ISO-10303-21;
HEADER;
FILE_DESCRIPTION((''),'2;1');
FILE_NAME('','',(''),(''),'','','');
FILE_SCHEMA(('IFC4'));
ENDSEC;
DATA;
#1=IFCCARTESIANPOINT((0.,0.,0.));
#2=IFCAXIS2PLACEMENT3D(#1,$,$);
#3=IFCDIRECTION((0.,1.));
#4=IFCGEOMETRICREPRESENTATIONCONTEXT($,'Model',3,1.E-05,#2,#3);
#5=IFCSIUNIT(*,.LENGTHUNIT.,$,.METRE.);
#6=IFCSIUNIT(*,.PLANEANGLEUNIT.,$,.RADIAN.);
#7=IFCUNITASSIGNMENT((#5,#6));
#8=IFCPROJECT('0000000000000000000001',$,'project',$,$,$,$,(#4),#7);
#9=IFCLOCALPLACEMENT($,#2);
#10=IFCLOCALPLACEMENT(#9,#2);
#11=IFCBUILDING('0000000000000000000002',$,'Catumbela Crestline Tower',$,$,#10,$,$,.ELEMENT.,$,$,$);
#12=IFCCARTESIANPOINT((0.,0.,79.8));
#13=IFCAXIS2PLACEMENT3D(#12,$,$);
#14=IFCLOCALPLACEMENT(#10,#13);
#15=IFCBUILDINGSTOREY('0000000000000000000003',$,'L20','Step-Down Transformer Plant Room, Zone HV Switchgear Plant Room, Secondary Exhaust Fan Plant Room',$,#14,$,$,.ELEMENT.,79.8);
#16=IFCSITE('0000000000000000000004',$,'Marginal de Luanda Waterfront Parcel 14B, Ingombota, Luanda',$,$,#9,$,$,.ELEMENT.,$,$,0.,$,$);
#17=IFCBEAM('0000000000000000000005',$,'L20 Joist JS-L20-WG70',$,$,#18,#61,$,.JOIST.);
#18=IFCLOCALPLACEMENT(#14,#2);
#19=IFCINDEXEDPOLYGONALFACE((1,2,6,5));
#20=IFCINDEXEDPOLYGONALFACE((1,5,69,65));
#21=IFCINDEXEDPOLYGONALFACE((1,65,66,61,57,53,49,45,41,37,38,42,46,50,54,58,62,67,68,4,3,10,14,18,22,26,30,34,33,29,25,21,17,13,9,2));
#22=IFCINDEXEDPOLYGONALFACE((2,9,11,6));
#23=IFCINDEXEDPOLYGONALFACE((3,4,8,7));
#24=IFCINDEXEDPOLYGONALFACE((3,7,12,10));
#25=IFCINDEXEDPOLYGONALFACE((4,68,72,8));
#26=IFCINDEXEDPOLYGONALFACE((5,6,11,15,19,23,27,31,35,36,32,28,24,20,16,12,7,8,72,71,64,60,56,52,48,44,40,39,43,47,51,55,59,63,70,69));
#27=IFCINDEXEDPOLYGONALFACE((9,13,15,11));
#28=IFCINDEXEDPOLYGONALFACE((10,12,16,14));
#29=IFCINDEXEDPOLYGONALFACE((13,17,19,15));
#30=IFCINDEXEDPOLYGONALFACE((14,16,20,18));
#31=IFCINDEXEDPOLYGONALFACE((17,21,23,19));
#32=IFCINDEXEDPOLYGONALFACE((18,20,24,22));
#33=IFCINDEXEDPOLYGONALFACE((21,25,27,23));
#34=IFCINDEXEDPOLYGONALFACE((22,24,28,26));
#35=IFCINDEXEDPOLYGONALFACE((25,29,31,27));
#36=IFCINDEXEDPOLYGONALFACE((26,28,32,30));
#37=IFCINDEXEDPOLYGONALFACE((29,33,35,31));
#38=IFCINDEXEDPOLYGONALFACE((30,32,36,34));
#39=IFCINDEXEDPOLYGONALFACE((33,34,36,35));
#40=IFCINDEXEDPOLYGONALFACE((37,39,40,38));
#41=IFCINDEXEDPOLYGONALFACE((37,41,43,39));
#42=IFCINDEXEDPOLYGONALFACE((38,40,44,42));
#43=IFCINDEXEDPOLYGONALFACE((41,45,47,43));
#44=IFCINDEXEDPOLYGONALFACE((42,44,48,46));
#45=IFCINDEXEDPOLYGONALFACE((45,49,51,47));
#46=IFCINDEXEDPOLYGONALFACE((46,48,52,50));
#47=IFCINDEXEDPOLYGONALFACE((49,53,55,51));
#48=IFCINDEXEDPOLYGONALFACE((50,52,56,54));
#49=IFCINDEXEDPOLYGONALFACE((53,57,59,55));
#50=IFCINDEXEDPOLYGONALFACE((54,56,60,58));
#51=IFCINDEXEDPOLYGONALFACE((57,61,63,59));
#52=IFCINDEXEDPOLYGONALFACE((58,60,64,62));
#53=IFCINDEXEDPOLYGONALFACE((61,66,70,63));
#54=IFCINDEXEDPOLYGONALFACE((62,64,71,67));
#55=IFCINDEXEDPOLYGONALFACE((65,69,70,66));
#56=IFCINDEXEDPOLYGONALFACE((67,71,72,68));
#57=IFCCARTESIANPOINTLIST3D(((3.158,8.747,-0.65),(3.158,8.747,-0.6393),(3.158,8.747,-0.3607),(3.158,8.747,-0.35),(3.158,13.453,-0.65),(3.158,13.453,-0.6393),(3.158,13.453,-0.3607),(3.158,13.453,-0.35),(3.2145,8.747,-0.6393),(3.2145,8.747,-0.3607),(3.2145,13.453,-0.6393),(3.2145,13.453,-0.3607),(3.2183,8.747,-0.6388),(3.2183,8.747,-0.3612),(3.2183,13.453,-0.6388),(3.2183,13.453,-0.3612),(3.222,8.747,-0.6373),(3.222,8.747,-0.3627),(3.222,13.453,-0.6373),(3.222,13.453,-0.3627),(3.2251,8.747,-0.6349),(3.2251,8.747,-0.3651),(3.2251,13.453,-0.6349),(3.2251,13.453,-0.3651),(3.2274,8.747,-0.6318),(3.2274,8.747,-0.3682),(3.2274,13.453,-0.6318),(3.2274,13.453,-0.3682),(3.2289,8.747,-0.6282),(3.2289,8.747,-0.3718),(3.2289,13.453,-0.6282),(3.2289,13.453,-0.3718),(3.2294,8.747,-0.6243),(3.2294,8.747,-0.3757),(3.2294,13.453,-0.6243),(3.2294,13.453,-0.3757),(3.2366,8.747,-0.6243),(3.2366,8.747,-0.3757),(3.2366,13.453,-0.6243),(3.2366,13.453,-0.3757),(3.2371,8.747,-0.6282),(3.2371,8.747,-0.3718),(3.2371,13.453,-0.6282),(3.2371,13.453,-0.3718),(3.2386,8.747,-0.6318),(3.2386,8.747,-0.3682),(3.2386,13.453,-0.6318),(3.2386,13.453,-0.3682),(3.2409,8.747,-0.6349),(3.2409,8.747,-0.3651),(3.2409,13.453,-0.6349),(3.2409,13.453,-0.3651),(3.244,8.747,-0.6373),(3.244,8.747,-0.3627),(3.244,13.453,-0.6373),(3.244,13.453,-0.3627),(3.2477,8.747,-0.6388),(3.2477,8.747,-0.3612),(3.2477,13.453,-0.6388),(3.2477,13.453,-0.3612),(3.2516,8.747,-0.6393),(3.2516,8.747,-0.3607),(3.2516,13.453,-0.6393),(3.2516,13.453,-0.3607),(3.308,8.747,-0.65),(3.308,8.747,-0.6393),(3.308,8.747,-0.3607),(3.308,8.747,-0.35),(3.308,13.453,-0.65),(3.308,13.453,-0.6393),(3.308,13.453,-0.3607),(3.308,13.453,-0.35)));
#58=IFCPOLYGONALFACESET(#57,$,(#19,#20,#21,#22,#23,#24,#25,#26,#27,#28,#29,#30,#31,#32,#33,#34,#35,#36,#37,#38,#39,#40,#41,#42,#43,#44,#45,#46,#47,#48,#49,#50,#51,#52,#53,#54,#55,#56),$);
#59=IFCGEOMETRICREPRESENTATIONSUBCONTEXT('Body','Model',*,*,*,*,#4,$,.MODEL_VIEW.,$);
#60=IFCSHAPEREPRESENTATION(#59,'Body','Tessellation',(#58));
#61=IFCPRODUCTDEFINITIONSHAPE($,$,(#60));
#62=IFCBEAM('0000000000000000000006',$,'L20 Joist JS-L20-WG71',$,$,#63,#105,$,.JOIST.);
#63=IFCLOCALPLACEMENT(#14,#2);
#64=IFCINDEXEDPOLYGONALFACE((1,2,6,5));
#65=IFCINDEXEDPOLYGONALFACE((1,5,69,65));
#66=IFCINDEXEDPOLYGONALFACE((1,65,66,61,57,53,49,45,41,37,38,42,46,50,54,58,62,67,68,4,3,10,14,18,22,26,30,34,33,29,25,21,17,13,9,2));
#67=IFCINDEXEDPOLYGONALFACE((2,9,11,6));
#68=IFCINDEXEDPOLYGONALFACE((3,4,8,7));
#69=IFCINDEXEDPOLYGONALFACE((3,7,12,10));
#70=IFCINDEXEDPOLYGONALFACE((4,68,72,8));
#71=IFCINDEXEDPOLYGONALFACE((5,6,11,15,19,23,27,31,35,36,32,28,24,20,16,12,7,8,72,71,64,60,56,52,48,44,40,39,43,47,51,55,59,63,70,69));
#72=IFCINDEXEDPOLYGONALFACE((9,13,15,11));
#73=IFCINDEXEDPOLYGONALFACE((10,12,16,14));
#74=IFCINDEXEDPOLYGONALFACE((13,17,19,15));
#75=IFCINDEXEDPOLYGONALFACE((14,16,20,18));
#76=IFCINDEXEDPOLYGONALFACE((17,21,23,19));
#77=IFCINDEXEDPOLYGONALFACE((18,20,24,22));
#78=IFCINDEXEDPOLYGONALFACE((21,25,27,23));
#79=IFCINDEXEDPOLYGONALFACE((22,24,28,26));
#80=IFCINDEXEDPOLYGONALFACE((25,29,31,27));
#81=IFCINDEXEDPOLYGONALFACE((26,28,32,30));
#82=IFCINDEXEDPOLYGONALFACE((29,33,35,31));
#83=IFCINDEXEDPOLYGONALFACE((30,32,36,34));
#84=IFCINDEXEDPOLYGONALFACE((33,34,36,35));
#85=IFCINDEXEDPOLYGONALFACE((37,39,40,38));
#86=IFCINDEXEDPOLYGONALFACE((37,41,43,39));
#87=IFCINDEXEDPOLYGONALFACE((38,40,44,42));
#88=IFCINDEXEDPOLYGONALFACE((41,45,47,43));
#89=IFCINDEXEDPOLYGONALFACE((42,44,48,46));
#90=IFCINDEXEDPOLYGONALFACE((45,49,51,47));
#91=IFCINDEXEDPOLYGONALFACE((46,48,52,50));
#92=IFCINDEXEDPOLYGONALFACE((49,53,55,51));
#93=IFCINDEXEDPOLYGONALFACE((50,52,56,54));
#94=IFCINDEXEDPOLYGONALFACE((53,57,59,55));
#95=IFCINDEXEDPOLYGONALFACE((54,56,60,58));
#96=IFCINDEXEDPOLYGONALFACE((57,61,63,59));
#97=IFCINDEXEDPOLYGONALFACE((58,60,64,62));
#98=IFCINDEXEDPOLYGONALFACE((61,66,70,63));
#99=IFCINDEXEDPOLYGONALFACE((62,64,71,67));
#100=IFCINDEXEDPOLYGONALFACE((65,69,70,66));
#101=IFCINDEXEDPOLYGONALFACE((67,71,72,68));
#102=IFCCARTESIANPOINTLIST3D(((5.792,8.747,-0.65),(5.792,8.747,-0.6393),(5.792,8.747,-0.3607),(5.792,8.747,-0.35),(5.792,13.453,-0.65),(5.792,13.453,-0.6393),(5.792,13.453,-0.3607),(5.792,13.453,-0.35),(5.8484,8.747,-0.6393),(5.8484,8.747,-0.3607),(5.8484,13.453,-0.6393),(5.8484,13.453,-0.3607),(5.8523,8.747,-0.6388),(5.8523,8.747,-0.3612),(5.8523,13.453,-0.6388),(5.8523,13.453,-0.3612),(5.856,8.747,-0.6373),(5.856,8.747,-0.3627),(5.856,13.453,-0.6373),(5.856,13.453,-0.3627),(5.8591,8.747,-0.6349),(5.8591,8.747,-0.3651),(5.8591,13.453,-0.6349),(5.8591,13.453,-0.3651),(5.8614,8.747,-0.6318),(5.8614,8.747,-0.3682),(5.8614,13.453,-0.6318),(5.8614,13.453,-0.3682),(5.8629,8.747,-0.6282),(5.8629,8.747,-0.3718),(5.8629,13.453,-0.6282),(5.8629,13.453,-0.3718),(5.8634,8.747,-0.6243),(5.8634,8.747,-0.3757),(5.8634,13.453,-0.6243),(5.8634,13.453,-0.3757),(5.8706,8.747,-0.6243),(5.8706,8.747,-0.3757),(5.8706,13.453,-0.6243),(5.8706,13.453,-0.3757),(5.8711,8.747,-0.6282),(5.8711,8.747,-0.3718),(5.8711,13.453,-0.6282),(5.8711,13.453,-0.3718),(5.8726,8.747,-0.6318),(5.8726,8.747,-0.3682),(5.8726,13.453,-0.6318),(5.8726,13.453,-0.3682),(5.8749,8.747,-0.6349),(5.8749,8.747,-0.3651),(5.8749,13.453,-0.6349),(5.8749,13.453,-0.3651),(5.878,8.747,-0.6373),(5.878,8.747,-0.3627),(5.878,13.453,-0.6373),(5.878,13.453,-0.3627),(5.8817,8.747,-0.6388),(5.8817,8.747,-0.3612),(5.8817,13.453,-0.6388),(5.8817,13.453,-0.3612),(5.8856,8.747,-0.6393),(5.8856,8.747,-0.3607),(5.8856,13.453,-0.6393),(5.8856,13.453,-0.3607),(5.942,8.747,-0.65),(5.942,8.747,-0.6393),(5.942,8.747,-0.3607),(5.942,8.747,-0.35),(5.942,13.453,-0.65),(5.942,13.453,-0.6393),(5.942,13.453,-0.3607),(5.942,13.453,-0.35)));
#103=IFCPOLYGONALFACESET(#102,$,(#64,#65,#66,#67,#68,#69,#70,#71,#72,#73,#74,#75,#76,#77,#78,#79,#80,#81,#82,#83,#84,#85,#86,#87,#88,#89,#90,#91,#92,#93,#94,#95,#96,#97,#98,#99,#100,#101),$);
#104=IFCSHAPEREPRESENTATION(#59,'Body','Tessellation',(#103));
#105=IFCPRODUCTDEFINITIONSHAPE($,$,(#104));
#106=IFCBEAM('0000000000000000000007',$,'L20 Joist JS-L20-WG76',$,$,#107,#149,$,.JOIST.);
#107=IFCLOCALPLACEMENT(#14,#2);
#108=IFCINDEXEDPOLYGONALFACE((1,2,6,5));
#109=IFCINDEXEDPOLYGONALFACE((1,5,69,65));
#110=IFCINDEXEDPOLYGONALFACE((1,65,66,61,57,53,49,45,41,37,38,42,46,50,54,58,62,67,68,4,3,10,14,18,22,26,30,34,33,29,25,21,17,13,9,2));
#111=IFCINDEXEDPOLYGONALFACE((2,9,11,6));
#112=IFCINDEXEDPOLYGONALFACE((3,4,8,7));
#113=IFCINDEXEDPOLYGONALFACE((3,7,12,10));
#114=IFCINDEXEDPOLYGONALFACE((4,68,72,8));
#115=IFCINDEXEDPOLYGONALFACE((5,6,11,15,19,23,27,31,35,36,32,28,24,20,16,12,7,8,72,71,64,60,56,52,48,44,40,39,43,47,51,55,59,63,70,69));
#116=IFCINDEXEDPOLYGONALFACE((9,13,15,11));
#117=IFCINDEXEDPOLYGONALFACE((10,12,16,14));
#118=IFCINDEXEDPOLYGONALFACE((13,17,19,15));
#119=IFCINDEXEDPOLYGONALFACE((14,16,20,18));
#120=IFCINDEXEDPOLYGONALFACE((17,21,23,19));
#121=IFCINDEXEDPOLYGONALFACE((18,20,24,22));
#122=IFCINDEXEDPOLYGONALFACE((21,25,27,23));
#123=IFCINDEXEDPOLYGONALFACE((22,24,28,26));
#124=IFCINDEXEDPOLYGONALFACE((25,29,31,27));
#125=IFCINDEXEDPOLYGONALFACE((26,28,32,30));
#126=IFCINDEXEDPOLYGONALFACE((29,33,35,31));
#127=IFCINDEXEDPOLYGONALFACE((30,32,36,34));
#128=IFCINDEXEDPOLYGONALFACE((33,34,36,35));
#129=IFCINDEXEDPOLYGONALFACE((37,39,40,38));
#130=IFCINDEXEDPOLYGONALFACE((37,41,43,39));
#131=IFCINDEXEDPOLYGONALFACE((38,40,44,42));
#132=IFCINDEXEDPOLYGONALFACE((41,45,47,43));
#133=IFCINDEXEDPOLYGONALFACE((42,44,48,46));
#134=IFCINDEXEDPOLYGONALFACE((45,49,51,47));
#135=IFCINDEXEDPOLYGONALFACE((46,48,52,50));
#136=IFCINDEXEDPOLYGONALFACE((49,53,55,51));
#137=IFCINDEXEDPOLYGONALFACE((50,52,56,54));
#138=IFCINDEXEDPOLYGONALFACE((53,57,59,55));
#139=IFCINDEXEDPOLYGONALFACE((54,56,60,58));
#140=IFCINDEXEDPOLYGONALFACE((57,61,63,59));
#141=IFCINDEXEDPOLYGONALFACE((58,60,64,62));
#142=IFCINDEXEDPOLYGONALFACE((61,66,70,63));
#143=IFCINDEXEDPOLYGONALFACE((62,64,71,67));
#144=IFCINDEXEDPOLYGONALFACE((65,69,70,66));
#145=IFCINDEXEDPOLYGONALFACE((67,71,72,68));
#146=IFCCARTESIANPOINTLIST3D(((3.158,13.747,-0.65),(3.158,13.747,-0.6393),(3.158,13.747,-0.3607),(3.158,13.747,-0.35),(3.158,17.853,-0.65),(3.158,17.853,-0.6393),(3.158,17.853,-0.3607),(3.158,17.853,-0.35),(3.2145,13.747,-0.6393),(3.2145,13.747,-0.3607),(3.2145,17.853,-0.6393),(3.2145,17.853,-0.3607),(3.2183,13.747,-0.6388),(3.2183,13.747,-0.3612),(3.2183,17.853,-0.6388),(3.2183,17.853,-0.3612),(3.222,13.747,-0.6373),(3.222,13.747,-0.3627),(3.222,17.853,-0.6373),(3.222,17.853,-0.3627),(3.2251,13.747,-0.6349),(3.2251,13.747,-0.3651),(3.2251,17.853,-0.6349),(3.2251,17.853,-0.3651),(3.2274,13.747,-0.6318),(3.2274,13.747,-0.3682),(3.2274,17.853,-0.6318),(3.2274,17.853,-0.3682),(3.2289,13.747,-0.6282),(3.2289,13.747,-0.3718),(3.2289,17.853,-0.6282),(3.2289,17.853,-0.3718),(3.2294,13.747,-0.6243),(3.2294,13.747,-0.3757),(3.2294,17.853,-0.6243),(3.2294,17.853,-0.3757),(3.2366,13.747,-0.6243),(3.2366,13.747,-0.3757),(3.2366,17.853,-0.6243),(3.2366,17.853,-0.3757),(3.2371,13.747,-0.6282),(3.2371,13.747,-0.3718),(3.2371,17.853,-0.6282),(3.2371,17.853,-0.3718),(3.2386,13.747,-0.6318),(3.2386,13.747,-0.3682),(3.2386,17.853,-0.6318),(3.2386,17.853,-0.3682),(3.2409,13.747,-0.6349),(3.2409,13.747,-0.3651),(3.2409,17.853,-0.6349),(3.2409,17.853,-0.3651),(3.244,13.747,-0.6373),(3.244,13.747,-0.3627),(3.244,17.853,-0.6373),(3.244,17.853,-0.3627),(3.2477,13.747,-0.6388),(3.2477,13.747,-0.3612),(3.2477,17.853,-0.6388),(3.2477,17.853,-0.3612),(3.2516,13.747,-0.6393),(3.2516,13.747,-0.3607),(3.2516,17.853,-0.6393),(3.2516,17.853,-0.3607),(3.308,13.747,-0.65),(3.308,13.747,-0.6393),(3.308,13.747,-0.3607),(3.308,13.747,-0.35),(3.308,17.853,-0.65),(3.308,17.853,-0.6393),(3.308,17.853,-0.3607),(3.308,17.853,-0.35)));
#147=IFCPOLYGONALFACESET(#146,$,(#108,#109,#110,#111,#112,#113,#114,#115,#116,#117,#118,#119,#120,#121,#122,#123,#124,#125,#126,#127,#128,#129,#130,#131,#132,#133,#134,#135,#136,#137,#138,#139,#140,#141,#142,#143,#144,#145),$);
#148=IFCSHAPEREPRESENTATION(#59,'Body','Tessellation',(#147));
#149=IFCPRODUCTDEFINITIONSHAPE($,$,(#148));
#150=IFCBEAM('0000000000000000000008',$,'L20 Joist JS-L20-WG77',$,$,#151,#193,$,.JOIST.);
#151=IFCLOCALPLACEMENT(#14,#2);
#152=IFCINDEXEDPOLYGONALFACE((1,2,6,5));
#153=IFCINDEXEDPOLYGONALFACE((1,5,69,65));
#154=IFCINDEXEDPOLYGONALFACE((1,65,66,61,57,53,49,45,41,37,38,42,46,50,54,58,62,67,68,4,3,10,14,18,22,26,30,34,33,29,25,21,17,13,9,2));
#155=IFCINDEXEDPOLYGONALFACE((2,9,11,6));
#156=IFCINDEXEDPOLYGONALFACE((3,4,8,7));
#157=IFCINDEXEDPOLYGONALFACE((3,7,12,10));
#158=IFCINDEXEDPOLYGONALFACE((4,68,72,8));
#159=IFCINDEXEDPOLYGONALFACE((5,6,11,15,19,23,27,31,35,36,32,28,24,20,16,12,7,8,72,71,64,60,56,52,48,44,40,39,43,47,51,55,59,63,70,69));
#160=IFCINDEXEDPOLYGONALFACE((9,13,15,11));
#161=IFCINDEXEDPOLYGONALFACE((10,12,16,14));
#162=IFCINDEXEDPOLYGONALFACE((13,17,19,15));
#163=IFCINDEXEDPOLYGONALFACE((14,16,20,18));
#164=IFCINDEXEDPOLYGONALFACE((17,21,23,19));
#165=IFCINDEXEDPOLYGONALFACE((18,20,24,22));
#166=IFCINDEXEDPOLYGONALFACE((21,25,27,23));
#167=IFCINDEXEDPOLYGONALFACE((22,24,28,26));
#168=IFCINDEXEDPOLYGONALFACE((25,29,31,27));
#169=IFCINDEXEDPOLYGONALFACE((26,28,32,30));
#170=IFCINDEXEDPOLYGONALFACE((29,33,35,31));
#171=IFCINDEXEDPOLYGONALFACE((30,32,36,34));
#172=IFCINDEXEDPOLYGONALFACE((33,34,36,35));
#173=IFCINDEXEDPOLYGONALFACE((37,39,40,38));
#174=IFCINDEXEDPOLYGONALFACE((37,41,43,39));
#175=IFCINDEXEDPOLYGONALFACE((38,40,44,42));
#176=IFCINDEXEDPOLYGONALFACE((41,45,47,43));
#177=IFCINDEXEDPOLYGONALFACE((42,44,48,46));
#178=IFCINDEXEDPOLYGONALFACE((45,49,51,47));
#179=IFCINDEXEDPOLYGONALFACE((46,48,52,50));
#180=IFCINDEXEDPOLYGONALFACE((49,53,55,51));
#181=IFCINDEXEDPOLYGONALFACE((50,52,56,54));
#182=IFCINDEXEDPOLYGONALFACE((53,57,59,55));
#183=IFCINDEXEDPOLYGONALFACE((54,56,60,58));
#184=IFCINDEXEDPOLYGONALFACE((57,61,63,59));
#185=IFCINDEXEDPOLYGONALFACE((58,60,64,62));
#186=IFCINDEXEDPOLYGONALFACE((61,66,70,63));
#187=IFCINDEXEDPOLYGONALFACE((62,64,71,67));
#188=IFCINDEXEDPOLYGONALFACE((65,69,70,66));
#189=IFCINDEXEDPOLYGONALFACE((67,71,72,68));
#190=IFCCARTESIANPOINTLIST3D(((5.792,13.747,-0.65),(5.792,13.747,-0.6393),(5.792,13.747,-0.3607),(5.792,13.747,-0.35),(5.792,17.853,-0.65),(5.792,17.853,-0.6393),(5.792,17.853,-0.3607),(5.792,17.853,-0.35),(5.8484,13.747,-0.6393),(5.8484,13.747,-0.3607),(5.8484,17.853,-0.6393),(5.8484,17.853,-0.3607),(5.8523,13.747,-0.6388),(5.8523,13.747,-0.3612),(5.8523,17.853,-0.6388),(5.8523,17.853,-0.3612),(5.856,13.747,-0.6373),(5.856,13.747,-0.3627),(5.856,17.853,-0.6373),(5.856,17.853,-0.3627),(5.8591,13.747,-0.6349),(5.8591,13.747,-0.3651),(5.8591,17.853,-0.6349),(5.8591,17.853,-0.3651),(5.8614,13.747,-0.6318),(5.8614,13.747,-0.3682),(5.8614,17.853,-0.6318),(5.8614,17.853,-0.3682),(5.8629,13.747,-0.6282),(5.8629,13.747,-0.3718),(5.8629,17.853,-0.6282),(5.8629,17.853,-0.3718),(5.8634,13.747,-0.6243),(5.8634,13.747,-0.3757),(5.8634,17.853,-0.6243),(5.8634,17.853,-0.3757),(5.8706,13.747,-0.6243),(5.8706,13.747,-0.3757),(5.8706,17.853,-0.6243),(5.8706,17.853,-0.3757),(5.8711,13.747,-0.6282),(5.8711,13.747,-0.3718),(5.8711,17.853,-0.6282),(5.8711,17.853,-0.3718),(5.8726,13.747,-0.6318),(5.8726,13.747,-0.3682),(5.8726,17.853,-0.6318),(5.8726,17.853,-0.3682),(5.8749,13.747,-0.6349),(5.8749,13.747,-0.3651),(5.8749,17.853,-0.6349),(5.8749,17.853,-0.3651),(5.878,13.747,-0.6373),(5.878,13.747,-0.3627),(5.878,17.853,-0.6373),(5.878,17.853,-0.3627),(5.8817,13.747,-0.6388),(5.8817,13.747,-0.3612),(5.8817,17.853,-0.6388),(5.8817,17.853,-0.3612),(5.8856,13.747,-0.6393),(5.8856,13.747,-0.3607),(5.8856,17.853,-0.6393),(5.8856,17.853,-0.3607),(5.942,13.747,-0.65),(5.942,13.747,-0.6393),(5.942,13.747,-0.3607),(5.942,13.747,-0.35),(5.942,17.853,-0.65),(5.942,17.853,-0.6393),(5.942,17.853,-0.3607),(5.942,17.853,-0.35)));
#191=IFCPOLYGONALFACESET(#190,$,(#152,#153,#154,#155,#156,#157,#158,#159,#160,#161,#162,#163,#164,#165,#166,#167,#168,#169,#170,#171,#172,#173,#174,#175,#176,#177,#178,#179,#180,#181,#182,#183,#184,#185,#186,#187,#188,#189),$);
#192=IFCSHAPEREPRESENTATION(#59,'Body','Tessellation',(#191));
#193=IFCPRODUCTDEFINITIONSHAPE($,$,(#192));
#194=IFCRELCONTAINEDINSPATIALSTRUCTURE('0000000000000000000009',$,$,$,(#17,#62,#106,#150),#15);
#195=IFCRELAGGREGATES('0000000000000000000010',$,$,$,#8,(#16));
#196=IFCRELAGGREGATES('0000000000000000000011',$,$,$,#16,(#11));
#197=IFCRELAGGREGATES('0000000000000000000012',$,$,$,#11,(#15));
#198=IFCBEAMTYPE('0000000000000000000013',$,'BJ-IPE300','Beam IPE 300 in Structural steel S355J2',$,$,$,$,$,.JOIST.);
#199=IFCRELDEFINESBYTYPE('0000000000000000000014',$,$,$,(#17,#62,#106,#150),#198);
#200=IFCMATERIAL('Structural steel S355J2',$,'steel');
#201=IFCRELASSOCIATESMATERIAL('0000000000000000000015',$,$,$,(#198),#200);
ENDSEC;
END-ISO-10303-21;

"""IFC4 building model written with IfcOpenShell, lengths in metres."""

from ifc_helpers import new_model, si_unit, direction, frame, origin, origin_2d, place, context, subcontext, project, spatial, i_section, extrude, material, material_profile, profile_set, type_object, element, save


model = new_model("IFC4")

# Units and contexts
model_context = context("Model", 3, precision=1e-05, world=origin(), true_north=direction((0.0, 1.0)))
body_context = subcontext(model_context, "Body", "Model", "MODEL_VIEW")
ifc_project = project(units=[si_unit("LENGTHUNIT", "METRE"), si_unit("PLANEANGLEUNIT", "RADIAN")], contexts=[model_context])

# Site, building, storey
site_placement = place(None, origin())
site = spatial("IfcSite", under=ifc_project, at=site_placement, Name="Marginal de Luanda Waterfront Parcel 14B, Ingombota, Luanda", CompositionType="ELEMENT", RefElevation=0.0)
building_placement = place(site_placement, origin())
building = spatial("IfcBuilding", under=site, at=building_placement, Name="Catumbela Crestline Tower", CompositionType="ELEMENT")
storey_placement = place(building_placement, frame((0.0, 0.0, 79.8)))
storey = spatial("IfcBuildingStorey", under=building, at=storey_placement, Name="L20", Description="Step-Down Transformer Plant Room, Zone HV Switchgear Plant Room, Secondary Exhaust Fan Plant Room", CompositionType="ELEMENT", Elevation=79.8)

# Beams
ifc_material_1 = material(Name="Structural steel S355J2", Category="steel")
ifc_material_profile_1 = material_profile(ifc_material_1, i_section(OverallWidth=0.15, OverallDepth=0.3, WebThickness=0.0071, FlangeThickness=0.0107, FilletRadius=0.015, at=origin_2d()), Name="IPE 300")
ifc_profile_set_1 = profile_set([ifc_material_profile_1], Name="Structural steel S355J2")
beam_type_1 = type_object("IfcBeamType", Name="BJ-IPE300", Description="Beam IPE 300 in Structural steel S355J2", PredefinedType="JOIST", material=ifc_profile_set_1)
for number, where, z_axis, x_axis, name in (
    (1, (3.233, 8.747, -0.5), (0.0, 1.0, 0.0), (-1.0, 0.0, 0.0), "L20 Joist JS-L20-WG70"),
    (2, (5.867, 8.747, -0.5), (0.0, 1.0, 0.0), (-1.0, 0.0, 0.0), "L20 Joist JS-L20-WG71"),
):
    element("IfcBeam", number, at=place(storey_placement, frame(where, z_axis=z_axis, x_axis=x_axis)), inside=storey, type_object=beam_type_1, Name=name, PredefinedType="JOIST", context=body_context, shape_type="SweptSolid", body=[
        extrude(i_section(OverallWidth=0.15, OverallDepth=0.3, WebThickness=0.0071, FlangeThickness=0.0107, FilletRadius=0.015, at=origin_2d()), origin(), (0.0, 0.0, 1.0), 4.706),
    ])
for number, where, z_axis, x_axis, name in (
    (3, (3.233, 13.747, -0.5), (0.0, 1.0, 0.0), (-1.0, 0.0, 0.0), "L20 Joist JS-L20-WG76"),
    (4, (5.867, 13.747, -0.5), (0.0, 1.0, 0.0), (-1.0, 0.0, 0.0), "L20 Joist JS-L20-WG77"),
):
    element("IfcBeam", number, at=place(storey_placement, frame(where, z_axis=z_axis, x_axis=x_axis)), inside=storey, type_object=beam_type_1, Name=name, PredefinedType="JOIST", context=body_context, shape_type="SweptSolid", body=[
        extrude(i_section(OverallWidth=0.15, OverallDepth=0.3, WebThickness=0.0071, FlangeThickness=0.0107, FilletRadius=0.015, at=origin_2d()), origin(), (0.0, 0.0, 1.0), 4.106),
    ])

save(model, "model.ifc")
